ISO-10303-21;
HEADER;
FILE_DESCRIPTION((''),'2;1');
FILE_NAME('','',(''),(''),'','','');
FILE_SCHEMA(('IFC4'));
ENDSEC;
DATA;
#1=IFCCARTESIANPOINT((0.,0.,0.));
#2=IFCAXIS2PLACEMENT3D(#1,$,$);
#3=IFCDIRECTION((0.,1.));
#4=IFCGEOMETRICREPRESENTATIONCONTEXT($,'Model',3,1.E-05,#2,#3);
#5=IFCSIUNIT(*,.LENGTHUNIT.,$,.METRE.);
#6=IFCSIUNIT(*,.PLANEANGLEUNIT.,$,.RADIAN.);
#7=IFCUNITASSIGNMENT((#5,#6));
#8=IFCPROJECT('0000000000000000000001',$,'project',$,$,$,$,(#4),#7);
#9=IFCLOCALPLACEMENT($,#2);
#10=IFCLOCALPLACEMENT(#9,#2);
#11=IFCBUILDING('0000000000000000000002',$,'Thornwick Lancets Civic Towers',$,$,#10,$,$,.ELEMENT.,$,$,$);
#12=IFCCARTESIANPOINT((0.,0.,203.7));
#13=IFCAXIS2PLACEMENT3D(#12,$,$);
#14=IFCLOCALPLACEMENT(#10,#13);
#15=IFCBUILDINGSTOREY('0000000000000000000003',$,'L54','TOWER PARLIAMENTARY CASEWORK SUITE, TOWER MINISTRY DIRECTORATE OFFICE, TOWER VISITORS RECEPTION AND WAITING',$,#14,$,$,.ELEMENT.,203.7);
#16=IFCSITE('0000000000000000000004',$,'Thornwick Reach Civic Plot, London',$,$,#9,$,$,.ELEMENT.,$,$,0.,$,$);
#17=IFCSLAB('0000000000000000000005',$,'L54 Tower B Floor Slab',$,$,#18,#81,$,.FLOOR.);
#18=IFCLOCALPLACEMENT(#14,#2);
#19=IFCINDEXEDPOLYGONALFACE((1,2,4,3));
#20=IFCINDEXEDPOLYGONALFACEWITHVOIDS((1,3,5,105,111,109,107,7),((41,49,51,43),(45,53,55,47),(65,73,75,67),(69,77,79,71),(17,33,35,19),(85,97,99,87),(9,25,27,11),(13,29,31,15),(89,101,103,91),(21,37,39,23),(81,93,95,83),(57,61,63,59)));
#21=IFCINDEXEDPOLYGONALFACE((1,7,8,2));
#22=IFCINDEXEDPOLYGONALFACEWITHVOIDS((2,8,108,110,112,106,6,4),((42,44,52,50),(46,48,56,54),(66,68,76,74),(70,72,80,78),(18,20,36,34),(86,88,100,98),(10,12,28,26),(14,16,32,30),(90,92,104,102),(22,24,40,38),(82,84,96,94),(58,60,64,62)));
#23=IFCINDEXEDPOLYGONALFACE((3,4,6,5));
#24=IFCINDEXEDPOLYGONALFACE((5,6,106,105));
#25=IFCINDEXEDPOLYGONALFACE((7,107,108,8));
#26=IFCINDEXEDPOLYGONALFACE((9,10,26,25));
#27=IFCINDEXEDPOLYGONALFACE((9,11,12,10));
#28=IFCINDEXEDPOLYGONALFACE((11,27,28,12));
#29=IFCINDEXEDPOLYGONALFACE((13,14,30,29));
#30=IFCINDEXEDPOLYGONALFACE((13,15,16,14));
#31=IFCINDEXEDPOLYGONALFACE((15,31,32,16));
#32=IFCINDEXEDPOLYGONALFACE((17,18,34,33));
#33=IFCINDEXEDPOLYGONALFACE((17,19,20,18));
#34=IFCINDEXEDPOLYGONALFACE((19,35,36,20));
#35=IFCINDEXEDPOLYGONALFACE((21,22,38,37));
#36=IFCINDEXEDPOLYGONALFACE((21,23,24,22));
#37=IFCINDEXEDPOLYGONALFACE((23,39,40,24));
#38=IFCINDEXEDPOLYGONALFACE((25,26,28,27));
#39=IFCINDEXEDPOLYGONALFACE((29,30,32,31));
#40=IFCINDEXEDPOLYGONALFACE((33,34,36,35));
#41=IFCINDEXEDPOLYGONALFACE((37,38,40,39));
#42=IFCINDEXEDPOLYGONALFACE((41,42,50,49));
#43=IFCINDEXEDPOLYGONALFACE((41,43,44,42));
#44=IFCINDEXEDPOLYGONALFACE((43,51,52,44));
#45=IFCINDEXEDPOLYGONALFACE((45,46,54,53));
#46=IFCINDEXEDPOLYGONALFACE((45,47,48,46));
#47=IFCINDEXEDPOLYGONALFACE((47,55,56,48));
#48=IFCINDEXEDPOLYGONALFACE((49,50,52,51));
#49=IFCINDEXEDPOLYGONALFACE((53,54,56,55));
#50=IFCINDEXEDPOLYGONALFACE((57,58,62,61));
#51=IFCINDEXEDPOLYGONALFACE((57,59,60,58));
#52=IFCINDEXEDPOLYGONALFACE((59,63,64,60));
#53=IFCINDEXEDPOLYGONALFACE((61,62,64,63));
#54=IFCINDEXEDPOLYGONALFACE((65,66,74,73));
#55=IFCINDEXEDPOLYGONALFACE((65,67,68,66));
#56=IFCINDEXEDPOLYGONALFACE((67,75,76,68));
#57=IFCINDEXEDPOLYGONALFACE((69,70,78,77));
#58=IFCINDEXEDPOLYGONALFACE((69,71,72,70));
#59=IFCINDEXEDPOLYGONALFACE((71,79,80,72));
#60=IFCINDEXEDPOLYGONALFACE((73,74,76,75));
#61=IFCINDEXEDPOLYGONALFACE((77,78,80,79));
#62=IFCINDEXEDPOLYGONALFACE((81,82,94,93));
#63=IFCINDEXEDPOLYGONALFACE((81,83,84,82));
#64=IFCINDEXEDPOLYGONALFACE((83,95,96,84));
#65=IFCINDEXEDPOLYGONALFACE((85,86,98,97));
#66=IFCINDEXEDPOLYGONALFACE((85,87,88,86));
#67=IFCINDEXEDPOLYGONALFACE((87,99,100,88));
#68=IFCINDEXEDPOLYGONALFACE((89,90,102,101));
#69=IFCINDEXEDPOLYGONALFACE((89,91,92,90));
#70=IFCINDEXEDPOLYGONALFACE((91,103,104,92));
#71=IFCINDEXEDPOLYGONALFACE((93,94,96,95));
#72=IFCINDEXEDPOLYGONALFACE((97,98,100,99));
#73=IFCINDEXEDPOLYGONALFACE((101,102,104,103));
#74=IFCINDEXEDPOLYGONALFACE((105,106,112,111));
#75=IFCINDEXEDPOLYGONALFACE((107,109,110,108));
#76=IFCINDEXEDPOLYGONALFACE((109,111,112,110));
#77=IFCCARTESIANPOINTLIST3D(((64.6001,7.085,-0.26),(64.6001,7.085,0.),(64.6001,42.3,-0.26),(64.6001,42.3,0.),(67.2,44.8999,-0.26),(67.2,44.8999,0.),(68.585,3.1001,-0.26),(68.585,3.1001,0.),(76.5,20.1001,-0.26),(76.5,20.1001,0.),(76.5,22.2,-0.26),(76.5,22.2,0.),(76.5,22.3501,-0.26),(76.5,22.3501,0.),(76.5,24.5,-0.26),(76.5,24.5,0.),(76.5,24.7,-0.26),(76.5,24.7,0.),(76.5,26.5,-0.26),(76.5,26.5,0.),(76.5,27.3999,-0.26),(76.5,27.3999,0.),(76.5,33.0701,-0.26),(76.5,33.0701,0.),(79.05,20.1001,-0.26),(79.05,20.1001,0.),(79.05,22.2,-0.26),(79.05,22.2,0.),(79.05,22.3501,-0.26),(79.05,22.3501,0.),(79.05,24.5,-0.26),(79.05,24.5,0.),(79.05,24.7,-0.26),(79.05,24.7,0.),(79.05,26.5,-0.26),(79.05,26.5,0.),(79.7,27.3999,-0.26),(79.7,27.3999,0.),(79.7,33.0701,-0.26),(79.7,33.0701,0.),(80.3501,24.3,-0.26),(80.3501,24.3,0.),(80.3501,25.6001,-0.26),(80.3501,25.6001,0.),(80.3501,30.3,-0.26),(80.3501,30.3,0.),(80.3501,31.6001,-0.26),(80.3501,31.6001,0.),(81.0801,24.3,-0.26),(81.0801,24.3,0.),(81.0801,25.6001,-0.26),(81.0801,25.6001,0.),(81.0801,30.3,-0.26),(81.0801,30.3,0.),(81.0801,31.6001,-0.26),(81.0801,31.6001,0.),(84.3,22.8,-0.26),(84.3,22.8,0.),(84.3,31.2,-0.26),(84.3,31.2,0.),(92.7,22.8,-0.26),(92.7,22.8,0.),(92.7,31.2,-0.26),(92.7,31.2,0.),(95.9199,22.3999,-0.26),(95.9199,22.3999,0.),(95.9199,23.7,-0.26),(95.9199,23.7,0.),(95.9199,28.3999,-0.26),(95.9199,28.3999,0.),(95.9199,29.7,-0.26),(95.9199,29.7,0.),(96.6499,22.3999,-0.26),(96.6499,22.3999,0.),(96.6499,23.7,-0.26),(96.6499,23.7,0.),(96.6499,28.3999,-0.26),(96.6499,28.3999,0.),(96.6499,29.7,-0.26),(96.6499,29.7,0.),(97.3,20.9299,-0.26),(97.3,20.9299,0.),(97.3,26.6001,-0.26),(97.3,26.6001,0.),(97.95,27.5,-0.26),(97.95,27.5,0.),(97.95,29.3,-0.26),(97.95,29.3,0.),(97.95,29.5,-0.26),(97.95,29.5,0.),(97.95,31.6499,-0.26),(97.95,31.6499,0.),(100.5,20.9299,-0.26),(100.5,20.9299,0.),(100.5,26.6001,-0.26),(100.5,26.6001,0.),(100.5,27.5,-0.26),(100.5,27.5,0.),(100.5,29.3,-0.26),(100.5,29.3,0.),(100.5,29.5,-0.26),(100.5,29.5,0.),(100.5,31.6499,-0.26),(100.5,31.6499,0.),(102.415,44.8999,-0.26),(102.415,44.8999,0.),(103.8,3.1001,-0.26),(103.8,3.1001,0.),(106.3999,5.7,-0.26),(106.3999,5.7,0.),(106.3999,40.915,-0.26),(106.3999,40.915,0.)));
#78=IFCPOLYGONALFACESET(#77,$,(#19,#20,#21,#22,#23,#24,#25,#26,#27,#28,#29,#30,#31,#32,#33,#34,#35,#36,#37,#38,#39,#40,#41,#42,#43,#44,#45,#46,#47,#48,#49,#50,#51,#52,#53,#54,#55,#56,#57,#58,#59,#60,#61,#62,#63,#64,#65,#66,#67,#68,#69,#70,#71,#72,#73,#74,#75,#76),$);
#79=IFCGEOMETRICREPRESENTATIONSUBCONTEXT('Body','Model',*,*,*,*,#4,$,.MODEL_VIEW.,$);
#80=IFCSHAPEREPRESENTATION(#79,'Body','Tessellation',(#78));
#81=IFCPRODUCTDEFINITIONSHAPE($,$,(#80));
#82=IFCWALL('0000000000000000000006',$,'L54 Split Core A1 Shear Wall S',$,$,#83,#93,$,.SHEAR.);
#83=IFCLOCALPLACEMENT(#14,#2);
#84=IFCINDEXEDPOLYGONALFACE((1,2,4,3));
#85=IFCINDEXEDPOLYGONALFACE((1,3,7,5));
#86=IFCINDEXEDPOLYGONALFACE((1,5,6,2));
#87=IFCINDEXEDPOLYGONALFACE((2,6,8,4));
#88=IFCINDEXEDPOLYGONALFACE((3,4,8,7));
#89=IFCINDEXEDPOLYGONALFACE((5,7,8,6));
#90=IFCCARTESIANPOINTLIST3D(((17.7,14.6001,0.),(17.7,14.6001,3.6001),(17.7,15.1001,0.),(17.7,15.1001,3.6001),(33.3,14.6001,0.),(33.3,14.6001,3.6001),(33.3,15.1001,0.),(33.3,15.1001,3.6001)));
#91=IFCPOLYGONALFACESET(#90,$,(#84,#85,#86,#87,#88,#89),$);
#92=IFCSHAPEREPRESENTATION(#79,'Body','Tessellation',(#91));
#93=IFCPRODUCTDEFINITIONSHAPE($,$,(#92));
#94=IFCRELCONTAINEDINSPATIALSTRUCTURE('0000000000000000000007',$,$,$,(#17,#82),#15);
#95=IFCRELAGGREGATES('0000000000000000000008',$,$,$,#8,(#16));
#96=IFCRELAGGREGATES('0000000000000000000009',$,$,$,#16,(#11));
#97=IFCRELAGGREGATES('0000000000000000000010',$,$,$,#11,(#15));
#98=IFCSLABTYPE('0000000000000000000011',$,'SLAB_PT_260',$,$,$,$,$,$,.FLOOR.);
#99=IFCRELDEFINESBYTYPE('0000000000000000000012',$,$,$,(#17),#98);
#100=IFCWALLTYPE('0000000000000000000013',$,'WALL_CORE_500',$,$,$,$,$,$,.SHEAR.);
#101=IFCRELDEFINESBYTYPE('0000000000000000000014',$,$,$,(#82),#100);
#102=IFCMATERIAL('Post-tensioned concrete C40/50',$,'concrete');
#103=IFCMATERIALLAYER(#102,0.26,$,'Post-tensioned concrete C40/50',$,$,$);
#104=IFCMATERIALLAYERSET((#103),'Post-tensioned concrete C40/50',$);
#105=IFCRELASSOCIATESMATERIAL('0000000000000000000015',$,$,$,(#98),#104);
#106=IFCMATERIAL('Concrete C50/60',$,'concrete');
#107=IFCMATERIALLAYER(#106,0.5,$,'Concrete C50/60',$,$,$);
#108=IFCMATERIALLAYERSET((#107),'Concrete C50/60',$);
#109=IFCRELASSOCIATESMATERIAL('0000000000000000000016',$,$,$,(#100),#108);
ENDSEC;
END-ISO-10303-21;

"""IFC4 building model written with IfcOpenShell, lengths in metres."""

from ifc_helpers import new_model, si_unit, direction, frame, frame_2d, origin, place, context, subcontext, project, spatial, polyline, rectangle, outline, extrude, material, layer, layer_set, type_object, element, save


model = new_model("IFC4")

# Units and contexts
model_context = context("Model", 3, precision=1e-05, world=origin(), true_north=direction((0.0, 1.0)))
body_context = subcontext(model_context, "Body", "Model", "MODEL_VIEW")
ifc_project = project(units=[si_unit("LENGTHUNIT", "METRE"), si_unit("PLANEANGLEUNIT", "RADIAN")], contexts=[model_context])

# Site, building, storey
site_placement = place(None, origin())
site = spatial("IfcSite", under=ifc_project, at=site_placement, Name="Thornwick Reach Civic Plot, London", CompositionType="ELEMENT", RefElevation=0.0)
building_placement = place(site_placement, origin())
building = spatial("IfcBuilding", under=site, at=building_placement, Name="Thornwick Lancets Civic Towers", CompositionType="ELEMENT")
storey_placement = place(building_placement, frame((0.0, 0.0, 203.7)))
storey = spatial("IfcBuildingStorey", under=building, at=storey_placement, Name="L54", Description="TOWER PARLIAMENTARY CASEWORK SUITE, TOWER MINISTRY DIRECTORATE OFFICE, TOWER VISITORS RECEPTION AND WAITING", CompositionType="ELEMENT", Elevation=203.7)

# Shared definitions
ifc_material_1 = material(Name="Concrete C50/60", Category="concrete")

# Shared definitions
ifc_material_2 = material(Name="Post-tensioned concrete C40/50", Category="concrete")

# Slab
ifc_layer_1 = layer(ifc_material_2, 0.26, Name="Post-tensioned concrete C40/50")
ifc_layer_set_1 = layer_set([ifc_layer_1], Name="Post-tensioned concrete C40/50")
slab_type_1 = type_object("IfcSlabType", Name="SLAB_PT_260", PredefinedType="FLOOR", material=ifc_layer_set_1)
slab_1_placement = place(storey_placement, frame((0.0, 0.0, -0.26)))
element("IfcSlab", 1, at=slab_1_placement, inside=storey, type_object=slab_type_1, Name="L54 Tower B Floor Slab", PredefinedType="FLOOR", context=body_context, shape_type="SweptSolid", body=[
    extrude(outline(polyline([(68.585, 3.1001), (103.8, 3.1001), (106.3999, 5.7), (106.3999, 40.915), (102.415, 44.8999), (67.2, 44.8999), (64.6001, 42.3), (64.6001, 7.085), (68.585, 3.1001)]), holes=[polyline([(84.3, 22.8), (92.7, 22.8), (92.7, 31.2), (84.3, 31.2), (84.3, 22.8)]), polyline([(100.5, 20.9299), (100.5, 26.6001), (97.3, 26.6001), (97.3, 20.9299), (100.5, 20.9299)]), polyline([(76.5, 33.0701), (76.5, 27.3999), (79.7, 27.3999), (79.7, 33.0701), (76.5, 33.0701)]), polyline([(97.95, 27.5), (100.5, 27.5), (100.5, 29.3), (97.95, 29.3), (97.95, 27.5)]), polyline([(97.95, 29.5), (100.5, 29.5), (100.5, 31.6499), (97.95, 31.6499), (97.95, 29.5)]), polyline([(76.5, 24.7), (79.05, 24.7), (79.05, 26.5), (76.5, 26.5), (76.5, 24.7)]), polyline([(76.5, 22.3501), (79.05, 22.3501), (79.05, 24.5), (76.5, 24.5), (76.5, 22.3501)]), polyline([(76.5, 20.1001), (79.05, 20.1001), (79.05, 22.2), (76.5, 22.2), (76.5, 20.1001)]), polyline([(95.9199, 28.3999), (96.6499, 28.3999), (96.6499, 29.7), (95.9199, 29.7), (95.9199, 28.3999)]), polyline([(95.9199, 22.3999), (96.6499, 22.3999), (96.6499, 23.7), (95.9199, 23.7), (95.9199, 22.3999)]), polyline([(80.3501, 24.3), (81.0801, 24.3), (81.0801, 25.6001), (80.3501, 25.6001), (80.3501, 24.3)]), polyline([(80.3501, 30.3), (81.0801, 30.3), (81.0801, 31.6001), (80.3501, 31.6001), (80.3501, 30.3)])]), origin(), (0.0, 0.0, 1.0), 0.26),
])

# Wall
ifc_layer_2 = layer(ifc_material_1, 0.5, Name="Concrete C50/60")
ifc_layer_set_2 = layer_set([ifc_layer_2], Name="Concrete C50/60")
wall_type_1 = type_object("IfcWallType", Name="WALL_CORE_500", PredefinedType="SHEAR", material=ifc_layer_set_2)
wall_1_placement = place(storey_placement, frame((17.7, 14.8501, 0.0), z_axis=(0.0, 0.0, 1.0), x_axis=(1.0, 0.0, 0.0)))
element("IfcWall", 2, at=wall_1_placement, inside=storey, type_object=wall_type_1, Name="L54 Split Core A1 Shear Wall S", PredefinedType="SHEAR", context=body_context, shape_type="SweptSolid", body=[
    extrude(rectangle(XDim=15.6001, YDim=0.5, at=frame_2d((7.8, 0.0))), origin(), (0.0, 0.0, 1.0), 3.6001),
])

save(model, "model.ifc")
